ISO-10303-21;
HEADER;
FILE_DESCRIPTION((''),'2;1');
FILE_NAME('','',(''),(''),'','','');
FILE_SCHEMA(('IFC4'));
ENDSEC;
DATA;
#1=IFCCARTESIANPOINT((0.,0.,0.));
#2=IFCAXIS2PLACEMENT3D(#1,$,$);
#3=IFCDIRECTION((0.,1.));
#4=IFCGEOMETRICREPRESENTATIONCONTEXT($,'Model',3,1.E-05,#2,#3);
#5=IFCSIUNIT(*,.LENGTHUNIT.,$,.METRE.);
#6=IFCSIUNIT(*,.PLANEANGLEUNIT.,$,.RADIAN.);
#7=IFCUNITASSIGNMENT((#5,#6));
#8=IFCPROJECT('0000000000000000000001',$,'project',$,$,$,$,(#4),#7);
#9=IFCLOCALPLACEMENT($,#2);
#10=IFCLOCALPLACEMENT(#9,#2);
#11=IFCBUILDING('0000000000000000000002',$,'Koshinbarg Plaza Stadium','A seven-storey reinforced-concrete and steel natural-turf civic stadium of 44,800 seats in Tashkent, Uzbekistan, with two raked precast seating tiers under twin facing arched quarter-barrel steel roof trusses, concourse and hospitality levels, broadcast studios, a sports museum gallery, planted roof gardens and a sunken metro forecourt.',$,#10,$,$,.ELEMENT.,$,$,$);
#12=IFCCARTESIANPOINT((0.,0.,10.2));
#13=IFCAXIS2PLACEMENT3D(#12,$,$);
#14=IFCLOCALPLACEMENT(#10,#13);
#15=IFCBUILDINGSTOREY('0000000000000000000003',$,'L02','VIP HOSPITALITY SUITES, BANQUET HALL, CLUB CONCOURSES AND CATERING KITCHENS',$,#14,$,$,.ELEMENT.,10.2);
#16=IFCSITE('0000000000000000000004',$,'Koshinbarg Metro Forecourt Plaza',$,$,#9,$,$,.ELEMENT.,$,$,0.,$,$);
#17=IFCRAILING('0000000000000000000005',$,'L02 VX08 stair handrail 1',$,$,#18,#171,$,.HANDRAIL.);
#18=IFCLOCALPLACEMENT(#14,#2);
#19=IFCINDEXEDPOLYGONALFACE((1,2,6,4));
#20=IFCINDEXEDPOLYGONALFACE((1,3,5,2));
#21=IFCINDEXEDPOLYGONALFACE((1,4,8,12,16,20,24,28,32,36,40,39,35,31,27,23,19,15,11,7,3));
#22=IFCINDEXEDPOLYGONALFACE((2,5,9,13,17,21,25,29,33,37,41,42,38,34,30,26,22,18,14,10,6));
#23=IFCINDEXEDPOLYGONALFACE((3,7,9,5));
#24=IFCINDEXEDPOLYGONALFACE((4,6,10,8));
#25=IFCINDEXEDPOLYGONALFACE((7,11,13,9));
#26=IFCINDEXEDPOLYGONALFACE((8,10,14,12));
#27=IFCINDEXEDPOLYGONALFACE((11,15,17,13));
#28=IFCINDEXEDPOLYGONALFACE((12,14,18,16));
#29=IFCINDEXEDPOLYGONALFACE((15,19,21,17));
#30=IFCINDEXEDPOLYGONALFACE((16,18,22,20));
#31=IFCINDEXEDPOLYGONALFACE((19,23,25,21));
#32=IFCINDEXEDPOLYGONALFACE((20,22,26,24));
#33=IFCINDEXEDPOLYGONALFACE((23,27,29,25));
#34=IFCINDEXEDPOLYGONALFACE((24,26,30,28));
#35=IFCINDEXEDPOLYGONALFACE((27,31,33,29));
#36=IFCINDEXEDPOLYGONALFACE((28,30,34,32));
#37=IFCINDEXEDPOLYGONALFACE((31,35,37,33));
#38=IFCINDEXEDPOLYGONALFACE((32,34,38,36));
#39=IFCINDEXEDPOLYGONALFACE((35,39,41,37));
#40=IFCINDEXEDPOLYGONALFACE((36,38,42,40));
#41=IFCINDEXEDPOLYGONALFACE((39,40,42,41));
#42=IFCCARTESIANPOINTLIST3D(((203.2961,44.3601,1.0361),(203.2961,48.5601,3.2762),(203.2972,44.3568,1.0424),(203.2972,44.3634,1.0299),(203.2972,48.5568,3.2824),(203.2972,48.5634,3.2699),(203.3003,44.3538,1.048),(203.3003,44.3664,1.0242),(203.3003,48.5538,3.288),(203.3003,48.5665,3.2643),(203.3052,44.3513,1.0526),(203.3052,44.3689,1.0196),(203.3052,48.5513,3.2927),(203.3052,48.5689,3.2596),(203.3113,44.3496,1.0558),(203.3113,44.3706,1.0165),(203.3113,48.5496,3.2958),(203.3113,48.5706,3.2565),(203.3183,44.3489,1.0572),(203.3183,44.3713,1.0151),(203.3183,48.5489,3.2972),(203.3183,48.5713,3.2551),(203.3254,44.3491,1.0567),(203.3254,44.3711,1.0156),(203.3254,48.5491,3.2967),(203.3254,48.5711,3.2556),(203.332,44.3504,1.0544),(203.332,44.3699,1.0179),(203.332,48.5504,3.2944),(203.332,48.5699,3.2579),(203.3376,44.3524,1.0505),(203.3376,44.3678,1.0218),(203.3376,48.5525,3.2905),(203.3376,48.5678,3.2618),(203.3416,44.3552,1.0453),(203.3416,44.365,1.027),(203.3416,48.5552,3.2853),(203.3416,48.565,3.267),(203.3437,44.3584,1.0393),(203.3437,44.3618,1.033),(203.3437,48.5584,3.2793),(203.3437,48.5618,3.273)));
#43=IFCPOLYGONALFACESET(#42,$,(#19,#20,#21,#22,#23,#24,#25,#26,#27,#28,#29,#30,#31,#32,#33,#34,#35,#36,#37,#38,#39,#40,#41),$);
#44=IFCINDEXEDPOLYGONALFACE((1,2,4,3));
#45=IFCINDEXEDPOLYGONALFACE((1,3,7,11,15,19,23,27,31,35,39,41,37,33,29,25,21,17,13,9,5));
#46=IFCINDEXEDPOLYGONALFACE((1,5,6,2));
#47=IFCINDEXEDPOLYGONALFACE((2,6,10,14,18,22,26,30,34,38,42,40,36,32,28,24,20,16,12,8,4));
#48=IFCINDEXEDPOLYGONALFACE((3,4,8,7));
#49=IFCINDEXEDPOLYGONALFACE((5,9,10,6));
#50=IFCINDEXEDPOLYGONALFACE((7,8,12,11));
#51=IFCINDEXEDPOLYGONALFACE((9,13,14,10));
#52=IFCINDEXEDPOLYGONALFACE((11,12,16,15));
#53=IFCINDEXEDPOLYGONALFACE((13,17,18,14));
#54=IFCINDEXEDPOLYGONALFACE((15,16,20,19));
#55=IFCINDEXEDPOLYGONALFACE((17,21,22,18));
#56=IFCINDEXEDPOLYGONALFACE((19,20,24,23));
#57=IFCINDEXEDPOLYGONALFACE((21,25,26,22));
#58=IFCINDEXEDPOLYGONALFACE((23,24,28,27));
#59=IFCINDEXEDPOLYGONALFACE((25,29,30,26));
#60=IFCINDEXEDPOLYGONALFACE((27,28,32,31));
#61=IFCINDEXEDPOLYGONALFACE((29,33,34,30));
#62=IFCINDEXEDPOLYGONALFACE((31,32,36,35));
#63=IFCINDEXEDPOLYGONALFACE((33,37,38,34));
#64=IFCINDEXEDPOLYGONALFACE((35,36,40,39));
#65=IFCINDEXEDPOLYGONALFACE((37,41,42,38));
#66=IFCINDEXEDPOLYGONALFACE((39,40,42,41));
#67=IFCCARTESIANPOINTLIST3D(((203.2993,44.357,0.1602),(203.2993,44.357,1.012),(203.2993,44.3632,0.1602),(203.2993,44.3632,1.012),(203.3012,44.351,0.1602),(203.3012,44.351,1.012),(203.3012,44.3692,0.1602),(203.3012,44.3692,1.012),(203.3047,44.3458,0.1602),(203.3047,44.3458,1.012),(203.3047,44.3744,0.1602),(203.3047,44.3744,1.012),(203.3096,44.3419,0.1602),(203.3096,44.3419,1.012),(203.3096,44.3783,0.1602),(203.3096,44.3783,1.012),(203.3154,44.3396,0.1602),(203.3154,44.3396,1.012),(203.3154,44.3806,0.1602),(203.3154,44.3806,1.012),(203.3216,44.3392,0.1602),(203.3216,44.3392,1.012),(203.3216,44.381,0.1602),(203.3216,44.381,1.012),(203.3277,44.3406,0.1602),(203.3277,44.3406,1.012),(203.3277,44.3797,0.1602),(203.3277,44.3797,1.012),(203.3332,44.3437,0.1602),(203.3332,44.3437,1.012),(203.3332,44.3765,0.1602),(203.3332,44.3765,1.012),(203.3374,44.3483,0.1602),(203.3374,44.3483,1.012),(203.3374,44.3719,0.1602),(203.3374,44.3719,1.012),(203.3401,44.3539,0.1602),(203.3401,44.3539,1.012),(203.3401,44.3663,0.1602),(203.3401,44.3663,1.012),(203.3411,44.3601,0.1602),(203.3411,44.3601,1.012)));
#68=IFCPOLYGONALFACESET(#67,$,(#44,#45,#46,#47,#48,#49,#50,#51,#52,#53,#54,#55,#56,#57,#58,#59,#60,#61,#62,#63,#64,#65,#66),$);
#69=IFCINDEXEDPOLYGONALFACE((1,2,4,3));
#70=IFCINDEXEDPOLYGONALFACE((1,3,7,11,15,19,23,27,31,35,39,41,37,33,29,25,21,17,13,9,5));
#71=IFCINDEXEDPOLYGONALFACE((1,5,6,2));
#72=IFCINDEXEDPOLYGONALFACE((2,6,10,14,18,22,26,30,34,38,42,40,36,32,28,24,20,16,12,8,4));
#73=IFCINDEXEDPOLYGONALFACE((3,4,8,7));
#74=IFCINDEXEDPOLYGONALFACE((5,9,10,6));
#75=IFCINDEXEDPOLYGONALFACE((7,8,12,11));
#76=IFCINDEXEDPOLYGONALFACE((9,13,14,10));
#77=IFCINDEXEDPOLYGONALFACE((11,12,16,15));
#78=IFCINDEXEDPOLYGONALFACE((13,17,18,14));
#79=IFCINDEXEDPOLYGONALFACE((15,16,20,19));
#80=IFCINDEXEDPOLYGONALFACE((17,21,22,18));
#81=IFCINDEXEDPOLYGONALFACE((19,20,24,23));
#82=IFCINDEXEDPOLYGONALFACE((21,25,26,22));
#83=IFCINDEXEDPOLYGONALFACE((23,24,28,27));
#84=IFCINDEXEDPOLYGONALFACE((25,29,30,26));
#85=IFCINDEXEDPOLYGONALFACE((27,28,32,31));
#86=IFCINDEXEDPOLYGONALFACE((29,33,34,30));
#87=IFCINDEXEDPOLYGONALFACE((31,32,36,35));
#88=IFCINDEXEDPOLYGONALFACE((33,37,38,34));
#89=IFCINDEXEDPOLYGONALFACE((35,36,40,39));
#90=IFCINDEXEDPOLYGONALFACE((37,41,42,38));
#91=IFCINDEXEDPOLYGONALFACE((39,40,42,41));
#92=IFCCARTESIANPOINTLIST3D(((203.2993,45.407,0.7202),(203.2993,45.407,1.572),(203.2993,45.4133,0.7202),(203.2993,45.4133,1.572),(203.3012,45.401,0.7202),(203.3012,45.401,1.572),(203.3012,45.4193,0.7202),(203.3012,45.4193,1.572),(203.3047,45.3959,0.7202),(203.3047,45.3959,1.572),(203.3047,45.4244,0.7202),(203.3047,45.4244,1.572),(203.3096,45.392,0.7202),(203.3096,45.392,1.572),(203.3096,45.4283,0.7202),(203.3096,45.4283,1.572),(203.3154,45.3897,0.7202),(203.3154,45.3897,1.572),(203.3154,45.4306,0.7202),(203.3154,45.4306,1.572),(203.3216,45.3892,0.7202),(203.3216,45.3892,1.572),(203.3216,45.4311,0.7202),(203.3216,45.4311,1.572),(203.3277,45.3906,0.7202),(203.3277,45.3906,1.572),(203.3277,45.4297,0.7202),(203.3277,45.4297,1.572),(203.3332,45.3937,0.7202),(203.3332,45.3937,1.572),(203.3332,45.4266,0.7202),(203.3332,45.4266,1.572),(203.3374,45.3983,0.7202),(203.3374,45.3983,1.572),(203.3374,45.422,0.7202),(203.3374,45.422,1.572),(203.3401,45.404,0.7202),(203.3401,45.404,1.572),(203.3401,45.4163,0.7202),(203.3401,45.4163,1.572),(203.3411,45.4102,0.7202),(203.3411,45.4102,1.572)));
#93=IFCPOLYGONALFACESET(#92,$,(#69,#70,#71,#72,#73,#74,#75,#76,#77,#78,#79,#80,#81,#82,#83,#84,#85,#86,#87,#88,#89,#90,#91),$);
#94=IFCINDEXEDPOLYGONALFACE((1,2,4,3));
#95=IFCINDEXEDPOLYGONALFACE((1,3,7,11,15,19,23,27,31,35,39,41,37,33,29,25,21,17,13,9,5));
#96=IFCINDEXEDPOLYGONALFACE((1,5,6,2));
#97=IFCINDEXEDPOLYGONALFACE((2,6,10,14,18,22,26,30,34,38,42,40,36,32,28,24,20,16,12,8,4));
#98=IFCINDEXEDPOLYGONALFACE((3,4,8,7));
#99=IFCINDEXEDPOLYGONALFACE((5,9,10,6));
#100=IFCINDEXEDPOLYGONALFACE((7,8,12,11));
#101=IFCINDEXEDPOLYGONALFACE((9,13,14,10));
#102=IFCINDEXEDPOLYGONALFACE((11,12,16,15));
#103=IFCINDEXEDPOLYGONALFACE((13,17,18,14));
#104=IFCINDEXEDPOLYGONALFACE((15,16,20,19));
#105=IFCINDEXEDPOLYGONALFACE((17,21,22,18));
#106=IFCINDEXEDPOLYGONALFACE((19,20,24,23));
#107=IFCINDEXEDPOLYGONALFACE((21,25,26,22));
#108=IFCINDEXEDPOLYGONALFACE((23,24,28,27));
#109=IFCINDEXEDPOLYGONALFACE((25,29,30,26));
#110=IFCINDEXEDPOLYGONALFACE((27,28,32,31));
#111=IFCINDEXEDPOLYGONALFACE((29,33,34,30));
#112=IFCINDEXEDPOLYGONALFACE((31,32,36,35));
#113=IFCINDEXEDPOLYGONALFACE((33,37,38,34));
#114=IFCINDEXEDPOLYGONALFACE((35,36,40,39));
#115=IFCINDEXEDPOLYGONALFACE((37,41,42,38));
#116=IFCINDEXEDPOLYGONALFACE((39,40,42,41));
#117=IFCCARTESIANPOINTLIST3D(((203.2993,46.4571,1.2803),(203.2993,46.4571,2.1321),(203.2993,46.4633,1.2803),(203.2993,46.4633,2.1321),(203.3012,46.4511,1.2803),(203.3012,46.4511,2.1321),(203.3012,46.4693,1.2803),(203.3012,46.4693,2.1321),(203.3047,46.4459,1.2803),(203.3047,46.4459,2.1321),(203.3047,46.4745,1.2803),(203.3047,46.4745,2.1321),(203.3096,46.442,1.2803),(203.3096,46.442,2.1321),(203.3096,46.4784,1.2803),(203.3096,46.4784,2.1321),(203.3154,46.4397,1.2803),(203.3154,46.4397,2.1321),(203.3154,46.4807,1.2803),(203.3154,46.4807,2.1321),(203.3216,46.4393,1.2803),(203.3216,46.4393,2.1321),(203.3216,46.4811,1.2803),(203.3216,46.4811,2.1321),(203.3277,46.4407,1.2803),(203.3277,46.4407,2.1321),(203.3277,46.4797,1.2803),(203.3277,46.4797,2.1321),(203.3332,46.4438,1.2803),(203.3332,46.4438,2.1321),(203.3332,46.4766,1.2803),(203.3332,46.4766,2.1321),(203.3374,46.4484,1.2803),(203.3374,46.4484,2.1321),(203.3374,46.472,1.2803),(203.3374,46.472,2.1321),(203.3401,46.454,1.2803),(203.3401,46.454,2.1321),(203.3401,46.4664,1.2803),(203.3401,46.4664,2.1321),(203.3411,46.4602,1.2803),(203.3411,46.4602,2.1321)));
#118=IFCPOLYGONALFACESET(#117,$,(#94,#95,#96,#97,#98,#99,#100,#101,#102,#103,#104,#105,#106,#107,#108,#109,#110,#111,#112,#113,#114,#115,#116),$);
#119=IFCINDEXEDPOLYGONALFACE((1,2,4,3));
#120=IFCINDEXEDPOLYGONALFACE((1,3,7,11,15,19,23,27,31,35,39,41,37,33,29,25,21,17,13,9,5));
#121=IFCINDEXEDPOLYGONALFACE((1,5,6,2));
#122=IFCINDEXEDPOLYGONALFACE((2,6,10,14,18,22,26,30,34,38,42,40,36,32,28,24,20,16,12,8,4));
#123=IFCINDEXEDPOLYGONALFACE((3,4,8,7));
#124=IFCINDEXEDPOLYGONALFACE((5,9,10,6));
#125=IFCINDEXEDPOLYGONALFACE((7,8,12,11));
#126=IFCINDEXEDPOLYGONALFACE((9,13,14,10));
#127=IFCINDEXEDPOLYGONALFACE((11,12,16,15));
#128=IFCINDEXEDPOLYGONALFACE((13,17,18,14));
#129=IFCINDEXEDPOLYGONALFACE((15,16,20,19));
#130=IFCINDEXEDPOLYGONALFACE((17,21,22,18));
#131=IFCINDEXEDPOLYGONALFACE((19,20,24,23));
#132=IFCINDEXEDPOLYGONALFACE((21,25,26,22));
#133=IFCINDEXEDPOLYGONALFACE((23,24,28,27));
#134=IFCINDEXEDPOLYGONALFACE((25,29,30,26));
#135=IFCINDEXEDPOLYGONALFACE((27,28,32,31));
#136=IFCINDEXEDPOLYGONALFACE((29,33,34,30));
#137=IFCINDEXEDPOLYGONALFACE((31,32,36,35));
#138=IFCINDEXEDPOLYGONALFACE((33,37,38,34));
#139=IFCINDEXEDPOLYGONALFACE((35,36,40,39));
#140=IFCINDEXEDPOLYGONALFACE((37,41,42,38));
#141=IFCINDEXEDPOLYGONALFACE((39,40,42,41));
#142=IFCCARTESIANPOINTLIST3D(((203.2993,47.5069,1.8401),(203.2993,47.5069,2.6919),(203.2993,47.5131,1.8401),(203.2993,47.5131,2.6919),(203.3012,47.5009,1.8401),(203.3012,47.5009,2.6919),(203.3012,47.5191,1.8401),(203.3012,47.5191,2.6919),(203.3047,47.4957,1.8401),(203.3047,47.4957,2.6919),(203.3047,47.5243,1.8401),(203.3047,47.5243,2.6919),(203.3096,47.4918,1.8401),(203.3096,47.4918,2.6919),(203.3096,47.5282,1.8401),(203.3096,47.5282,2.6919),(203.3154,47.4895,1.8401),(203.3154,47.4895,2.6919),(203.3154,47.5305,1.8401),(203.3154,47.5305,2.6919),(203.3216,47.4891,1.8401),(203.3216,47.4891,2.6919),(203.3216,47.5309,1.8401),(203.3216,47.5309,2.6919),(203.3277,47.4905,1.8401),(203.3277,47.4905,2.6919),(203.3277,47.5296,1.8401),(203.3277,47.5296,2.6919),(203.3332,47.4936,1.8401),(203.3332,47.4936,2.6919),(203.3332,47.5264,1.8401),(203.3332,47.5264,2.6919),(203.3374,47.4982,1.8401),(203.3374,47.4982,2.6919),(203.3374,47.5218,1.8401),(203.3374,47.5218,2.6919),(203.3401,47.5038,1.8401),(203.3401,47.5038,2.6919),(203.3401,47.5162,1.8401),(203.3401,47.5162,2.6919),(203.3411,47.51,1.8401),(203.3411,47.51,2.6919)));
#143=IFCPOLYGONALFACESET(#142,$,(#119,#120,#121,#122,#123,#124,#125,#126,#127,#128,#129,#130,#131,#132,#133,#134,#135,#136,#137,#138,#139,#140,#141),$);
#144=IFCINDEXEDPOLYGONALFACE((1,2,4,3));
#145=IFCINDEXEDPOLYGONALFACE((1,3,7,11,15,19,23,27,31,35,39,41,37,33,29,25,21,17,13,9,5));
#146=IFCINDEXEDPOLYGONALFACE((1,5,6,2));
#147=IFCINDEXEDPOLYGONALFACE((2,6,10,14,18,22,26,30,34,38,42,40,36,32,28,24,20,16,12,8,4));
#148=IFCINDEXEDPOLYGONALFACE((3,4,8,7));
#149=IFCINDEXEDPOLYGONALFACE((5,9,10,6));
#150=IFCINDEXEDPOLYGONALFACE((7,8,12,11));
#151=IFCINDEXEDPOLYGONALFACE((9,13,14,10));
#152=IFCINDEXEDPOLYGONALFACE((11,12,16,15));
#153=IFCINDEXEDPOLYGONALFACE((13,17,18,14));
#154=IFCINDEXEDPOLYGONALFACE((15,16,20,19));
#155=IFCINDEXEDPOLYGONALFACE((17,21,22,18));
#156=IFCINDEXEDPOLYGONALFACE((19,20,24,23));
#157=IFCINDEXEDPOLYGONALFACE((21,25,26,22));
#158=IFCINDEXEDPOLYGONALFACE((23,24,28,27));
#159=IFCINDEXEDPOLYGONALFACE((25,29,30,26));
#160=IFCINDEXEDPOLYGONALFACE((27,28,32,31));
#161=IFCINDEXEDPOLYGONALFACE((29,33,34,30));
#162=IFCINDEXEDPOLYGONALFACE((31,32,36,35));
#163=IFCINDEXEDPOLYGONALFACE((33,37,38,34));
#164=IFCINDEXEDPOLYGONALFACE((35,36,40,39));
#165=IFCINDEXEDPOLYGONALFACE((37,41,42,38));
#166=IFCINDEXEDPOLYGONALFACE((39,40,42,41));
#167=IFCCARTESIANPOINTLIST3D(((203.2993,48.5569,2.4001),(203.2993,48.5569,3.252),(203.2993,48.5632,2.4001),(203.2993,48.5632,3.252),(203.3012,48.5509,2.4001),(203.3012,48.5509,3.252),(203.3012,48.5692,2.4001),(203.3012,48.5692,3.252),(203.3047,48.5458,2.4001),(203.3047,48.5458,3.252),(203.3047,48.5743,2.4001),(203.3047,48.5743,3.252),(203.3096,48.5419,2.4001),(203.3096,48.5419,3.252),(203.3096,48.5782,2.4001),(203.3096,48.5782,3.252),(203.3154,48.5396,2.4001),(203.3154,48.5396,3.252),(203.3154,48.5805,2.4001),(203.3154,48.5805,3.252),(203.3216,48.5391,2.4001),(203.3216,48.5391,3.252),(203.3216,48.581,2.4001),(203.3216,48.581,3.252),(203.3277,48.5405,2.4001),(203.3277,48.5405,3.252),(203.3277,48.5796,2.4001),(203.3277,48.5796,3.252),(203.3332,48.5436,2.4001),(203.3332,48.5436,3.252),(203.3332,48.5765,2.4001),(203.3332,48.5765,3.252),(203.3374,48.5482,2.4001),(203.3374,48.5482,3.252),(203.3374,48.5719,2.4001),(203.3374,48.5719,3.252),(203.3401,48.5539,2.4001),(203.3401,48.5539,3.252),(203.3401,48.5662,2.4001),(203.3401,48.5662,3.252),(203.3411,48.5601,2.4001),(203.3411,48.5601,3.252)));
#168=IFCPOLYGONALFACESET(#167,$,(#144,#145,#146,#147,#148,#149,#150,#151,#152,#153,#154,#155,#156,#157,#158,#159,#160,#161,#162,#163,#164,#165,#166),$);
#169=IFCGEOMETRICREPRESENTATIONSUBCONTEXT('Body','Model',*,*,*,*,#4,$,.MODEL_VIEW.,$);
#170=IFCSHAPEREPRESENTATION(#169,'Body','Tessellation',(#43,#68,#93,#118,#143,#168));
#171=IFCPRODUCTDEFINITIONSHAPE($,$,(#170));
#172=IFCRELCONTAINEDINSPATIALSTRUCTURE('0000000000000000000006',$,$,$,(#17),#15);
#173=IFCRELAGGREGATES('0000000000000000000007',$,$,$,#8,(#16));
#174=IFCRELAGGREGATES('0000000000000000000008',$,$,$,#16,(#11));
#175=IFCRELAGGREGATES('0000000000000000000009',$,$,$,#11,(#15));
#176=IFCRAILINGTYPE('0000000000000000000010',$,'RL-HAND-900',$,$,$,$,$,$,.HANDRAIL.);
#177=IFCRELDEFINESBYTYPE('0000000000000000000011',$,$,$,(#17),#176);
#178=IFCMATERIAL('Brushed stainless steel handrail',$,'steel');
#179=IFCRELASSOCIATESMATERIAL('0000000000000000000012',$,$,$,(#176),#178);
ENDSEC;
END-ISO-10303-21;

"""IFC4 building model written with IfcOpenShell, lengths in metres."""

from ifc_helpers import new_model, si_unit, direction, frame, origin, origin_2d, place, context, subcontext, project, spatial, circle, extrude, material, type_object, element, save


model = new_model("IFC4")

# Units and contexts
model_context = context("Model", 3, precision=1e-05, world=origin(), true_north=direction((0.0, 1.0)))
body_context = subcontext(model_context, "Body", "Model", "MODEL_VIEW")
ifc_project = project(units=[si_unit("LENGTHUNIT", "METRE"), si_unit("PLANEANGLEUNIT", "RADIAN")], contexts=[model_context])

# Site, building, storey
site_placement = place(None, origin())
site = spatial("IfcSite", under=ifc_project, at=site_placement, Name="Koshinbarg Metro Forecourt Plaza", CompositionType="ELEMENT", RefElevation=0.0)
building_placement = place(site_placement, origin())
building = spatial("IfcBuilding", under=site, at=building_placement, Name="Koshinbarg Plaza Stadium", Description="A seven-storey reinforced-concrete and steel natural-turf civic stadium of 44,800 seats in Tashkent, Uzbekistan, with two raked precast seating tiers under twin facing arched quarter-barrel steel roof trusses, concourse and hospitality levels, broadcast studios, a sports museum gallery, planted roof gardens and a sunken metro forecourt.", CompositionType="ELEMENT")
storey_placement = place(building_placement, frame((0.0, 0.0, 10.2)))
storey = spatial("IfcBuildingStorey", under=building, at=storey_placement, Name="L02", Description="VIP HOSPITALITY SUITES, BANQUET HALL, CLUB CONCOURSES AND CATERING KITCHENS", CompositionType="ELEMENT", Elevation=10.2)

# Railing
ifc_material_1 = material(Name="Brushed stainless steel handrail", Category="steel")
railing_type_1 = type_object("IfcRailingType", Name="RL-HAND-900", PredefinedType="HANDRAIL", material=ifc_material_1)
railing_1_placement = place(storey_placement, frame((203.3201, 44.3601, 0.1602)))
element("IfcRailing", 1, at=railing_1_placement, inside=storey, type_object=railing_type_1, Name="L02 VX08 stair handrail 1", PredefinedType="HANDRAIL", context=body_context, shape_type="SweptSolid", body=[
    extrude(circle(Radius=0.0239, at=origin_2d()), frame((0.0, 0.0, 0.876), z_axis=(0.0, 0.882352, 0.470591), x_axis=(-1.0, 0.0, 0.0)), (0.0, 0.0, 1.0), 4.76),
    extrude(circle(Radius=0.021, at=origin_2d()), origin(), (0.0, 0.0, 1.0), 0.8518),
    extrude(circle(Radius=0.021, at=origin_2d()), frame((0.0, 1.05, 0.5601)), (0.0, 0.0, 1.0), 0.8518),
    extrude(circle(Radius=0.021, at=origin_2d()), frame((0.0, 2.1001, 1.1201)), (0.0, 0.0, 1.0), 0.8518),
    extrude(circle(Radius=0.021, at=origin_2d()), frame((0.0, 3.1499, 1.6799)), (0.0, 0.0, 1.0), 0.8518),
    extrude(circle(Radius=0.021, at=origin_2d()), frame((0.0, 4.2, 2.24)), (0.0, 0.0, 1.0), 0.8518),
])

save(model, "model.ifc")
